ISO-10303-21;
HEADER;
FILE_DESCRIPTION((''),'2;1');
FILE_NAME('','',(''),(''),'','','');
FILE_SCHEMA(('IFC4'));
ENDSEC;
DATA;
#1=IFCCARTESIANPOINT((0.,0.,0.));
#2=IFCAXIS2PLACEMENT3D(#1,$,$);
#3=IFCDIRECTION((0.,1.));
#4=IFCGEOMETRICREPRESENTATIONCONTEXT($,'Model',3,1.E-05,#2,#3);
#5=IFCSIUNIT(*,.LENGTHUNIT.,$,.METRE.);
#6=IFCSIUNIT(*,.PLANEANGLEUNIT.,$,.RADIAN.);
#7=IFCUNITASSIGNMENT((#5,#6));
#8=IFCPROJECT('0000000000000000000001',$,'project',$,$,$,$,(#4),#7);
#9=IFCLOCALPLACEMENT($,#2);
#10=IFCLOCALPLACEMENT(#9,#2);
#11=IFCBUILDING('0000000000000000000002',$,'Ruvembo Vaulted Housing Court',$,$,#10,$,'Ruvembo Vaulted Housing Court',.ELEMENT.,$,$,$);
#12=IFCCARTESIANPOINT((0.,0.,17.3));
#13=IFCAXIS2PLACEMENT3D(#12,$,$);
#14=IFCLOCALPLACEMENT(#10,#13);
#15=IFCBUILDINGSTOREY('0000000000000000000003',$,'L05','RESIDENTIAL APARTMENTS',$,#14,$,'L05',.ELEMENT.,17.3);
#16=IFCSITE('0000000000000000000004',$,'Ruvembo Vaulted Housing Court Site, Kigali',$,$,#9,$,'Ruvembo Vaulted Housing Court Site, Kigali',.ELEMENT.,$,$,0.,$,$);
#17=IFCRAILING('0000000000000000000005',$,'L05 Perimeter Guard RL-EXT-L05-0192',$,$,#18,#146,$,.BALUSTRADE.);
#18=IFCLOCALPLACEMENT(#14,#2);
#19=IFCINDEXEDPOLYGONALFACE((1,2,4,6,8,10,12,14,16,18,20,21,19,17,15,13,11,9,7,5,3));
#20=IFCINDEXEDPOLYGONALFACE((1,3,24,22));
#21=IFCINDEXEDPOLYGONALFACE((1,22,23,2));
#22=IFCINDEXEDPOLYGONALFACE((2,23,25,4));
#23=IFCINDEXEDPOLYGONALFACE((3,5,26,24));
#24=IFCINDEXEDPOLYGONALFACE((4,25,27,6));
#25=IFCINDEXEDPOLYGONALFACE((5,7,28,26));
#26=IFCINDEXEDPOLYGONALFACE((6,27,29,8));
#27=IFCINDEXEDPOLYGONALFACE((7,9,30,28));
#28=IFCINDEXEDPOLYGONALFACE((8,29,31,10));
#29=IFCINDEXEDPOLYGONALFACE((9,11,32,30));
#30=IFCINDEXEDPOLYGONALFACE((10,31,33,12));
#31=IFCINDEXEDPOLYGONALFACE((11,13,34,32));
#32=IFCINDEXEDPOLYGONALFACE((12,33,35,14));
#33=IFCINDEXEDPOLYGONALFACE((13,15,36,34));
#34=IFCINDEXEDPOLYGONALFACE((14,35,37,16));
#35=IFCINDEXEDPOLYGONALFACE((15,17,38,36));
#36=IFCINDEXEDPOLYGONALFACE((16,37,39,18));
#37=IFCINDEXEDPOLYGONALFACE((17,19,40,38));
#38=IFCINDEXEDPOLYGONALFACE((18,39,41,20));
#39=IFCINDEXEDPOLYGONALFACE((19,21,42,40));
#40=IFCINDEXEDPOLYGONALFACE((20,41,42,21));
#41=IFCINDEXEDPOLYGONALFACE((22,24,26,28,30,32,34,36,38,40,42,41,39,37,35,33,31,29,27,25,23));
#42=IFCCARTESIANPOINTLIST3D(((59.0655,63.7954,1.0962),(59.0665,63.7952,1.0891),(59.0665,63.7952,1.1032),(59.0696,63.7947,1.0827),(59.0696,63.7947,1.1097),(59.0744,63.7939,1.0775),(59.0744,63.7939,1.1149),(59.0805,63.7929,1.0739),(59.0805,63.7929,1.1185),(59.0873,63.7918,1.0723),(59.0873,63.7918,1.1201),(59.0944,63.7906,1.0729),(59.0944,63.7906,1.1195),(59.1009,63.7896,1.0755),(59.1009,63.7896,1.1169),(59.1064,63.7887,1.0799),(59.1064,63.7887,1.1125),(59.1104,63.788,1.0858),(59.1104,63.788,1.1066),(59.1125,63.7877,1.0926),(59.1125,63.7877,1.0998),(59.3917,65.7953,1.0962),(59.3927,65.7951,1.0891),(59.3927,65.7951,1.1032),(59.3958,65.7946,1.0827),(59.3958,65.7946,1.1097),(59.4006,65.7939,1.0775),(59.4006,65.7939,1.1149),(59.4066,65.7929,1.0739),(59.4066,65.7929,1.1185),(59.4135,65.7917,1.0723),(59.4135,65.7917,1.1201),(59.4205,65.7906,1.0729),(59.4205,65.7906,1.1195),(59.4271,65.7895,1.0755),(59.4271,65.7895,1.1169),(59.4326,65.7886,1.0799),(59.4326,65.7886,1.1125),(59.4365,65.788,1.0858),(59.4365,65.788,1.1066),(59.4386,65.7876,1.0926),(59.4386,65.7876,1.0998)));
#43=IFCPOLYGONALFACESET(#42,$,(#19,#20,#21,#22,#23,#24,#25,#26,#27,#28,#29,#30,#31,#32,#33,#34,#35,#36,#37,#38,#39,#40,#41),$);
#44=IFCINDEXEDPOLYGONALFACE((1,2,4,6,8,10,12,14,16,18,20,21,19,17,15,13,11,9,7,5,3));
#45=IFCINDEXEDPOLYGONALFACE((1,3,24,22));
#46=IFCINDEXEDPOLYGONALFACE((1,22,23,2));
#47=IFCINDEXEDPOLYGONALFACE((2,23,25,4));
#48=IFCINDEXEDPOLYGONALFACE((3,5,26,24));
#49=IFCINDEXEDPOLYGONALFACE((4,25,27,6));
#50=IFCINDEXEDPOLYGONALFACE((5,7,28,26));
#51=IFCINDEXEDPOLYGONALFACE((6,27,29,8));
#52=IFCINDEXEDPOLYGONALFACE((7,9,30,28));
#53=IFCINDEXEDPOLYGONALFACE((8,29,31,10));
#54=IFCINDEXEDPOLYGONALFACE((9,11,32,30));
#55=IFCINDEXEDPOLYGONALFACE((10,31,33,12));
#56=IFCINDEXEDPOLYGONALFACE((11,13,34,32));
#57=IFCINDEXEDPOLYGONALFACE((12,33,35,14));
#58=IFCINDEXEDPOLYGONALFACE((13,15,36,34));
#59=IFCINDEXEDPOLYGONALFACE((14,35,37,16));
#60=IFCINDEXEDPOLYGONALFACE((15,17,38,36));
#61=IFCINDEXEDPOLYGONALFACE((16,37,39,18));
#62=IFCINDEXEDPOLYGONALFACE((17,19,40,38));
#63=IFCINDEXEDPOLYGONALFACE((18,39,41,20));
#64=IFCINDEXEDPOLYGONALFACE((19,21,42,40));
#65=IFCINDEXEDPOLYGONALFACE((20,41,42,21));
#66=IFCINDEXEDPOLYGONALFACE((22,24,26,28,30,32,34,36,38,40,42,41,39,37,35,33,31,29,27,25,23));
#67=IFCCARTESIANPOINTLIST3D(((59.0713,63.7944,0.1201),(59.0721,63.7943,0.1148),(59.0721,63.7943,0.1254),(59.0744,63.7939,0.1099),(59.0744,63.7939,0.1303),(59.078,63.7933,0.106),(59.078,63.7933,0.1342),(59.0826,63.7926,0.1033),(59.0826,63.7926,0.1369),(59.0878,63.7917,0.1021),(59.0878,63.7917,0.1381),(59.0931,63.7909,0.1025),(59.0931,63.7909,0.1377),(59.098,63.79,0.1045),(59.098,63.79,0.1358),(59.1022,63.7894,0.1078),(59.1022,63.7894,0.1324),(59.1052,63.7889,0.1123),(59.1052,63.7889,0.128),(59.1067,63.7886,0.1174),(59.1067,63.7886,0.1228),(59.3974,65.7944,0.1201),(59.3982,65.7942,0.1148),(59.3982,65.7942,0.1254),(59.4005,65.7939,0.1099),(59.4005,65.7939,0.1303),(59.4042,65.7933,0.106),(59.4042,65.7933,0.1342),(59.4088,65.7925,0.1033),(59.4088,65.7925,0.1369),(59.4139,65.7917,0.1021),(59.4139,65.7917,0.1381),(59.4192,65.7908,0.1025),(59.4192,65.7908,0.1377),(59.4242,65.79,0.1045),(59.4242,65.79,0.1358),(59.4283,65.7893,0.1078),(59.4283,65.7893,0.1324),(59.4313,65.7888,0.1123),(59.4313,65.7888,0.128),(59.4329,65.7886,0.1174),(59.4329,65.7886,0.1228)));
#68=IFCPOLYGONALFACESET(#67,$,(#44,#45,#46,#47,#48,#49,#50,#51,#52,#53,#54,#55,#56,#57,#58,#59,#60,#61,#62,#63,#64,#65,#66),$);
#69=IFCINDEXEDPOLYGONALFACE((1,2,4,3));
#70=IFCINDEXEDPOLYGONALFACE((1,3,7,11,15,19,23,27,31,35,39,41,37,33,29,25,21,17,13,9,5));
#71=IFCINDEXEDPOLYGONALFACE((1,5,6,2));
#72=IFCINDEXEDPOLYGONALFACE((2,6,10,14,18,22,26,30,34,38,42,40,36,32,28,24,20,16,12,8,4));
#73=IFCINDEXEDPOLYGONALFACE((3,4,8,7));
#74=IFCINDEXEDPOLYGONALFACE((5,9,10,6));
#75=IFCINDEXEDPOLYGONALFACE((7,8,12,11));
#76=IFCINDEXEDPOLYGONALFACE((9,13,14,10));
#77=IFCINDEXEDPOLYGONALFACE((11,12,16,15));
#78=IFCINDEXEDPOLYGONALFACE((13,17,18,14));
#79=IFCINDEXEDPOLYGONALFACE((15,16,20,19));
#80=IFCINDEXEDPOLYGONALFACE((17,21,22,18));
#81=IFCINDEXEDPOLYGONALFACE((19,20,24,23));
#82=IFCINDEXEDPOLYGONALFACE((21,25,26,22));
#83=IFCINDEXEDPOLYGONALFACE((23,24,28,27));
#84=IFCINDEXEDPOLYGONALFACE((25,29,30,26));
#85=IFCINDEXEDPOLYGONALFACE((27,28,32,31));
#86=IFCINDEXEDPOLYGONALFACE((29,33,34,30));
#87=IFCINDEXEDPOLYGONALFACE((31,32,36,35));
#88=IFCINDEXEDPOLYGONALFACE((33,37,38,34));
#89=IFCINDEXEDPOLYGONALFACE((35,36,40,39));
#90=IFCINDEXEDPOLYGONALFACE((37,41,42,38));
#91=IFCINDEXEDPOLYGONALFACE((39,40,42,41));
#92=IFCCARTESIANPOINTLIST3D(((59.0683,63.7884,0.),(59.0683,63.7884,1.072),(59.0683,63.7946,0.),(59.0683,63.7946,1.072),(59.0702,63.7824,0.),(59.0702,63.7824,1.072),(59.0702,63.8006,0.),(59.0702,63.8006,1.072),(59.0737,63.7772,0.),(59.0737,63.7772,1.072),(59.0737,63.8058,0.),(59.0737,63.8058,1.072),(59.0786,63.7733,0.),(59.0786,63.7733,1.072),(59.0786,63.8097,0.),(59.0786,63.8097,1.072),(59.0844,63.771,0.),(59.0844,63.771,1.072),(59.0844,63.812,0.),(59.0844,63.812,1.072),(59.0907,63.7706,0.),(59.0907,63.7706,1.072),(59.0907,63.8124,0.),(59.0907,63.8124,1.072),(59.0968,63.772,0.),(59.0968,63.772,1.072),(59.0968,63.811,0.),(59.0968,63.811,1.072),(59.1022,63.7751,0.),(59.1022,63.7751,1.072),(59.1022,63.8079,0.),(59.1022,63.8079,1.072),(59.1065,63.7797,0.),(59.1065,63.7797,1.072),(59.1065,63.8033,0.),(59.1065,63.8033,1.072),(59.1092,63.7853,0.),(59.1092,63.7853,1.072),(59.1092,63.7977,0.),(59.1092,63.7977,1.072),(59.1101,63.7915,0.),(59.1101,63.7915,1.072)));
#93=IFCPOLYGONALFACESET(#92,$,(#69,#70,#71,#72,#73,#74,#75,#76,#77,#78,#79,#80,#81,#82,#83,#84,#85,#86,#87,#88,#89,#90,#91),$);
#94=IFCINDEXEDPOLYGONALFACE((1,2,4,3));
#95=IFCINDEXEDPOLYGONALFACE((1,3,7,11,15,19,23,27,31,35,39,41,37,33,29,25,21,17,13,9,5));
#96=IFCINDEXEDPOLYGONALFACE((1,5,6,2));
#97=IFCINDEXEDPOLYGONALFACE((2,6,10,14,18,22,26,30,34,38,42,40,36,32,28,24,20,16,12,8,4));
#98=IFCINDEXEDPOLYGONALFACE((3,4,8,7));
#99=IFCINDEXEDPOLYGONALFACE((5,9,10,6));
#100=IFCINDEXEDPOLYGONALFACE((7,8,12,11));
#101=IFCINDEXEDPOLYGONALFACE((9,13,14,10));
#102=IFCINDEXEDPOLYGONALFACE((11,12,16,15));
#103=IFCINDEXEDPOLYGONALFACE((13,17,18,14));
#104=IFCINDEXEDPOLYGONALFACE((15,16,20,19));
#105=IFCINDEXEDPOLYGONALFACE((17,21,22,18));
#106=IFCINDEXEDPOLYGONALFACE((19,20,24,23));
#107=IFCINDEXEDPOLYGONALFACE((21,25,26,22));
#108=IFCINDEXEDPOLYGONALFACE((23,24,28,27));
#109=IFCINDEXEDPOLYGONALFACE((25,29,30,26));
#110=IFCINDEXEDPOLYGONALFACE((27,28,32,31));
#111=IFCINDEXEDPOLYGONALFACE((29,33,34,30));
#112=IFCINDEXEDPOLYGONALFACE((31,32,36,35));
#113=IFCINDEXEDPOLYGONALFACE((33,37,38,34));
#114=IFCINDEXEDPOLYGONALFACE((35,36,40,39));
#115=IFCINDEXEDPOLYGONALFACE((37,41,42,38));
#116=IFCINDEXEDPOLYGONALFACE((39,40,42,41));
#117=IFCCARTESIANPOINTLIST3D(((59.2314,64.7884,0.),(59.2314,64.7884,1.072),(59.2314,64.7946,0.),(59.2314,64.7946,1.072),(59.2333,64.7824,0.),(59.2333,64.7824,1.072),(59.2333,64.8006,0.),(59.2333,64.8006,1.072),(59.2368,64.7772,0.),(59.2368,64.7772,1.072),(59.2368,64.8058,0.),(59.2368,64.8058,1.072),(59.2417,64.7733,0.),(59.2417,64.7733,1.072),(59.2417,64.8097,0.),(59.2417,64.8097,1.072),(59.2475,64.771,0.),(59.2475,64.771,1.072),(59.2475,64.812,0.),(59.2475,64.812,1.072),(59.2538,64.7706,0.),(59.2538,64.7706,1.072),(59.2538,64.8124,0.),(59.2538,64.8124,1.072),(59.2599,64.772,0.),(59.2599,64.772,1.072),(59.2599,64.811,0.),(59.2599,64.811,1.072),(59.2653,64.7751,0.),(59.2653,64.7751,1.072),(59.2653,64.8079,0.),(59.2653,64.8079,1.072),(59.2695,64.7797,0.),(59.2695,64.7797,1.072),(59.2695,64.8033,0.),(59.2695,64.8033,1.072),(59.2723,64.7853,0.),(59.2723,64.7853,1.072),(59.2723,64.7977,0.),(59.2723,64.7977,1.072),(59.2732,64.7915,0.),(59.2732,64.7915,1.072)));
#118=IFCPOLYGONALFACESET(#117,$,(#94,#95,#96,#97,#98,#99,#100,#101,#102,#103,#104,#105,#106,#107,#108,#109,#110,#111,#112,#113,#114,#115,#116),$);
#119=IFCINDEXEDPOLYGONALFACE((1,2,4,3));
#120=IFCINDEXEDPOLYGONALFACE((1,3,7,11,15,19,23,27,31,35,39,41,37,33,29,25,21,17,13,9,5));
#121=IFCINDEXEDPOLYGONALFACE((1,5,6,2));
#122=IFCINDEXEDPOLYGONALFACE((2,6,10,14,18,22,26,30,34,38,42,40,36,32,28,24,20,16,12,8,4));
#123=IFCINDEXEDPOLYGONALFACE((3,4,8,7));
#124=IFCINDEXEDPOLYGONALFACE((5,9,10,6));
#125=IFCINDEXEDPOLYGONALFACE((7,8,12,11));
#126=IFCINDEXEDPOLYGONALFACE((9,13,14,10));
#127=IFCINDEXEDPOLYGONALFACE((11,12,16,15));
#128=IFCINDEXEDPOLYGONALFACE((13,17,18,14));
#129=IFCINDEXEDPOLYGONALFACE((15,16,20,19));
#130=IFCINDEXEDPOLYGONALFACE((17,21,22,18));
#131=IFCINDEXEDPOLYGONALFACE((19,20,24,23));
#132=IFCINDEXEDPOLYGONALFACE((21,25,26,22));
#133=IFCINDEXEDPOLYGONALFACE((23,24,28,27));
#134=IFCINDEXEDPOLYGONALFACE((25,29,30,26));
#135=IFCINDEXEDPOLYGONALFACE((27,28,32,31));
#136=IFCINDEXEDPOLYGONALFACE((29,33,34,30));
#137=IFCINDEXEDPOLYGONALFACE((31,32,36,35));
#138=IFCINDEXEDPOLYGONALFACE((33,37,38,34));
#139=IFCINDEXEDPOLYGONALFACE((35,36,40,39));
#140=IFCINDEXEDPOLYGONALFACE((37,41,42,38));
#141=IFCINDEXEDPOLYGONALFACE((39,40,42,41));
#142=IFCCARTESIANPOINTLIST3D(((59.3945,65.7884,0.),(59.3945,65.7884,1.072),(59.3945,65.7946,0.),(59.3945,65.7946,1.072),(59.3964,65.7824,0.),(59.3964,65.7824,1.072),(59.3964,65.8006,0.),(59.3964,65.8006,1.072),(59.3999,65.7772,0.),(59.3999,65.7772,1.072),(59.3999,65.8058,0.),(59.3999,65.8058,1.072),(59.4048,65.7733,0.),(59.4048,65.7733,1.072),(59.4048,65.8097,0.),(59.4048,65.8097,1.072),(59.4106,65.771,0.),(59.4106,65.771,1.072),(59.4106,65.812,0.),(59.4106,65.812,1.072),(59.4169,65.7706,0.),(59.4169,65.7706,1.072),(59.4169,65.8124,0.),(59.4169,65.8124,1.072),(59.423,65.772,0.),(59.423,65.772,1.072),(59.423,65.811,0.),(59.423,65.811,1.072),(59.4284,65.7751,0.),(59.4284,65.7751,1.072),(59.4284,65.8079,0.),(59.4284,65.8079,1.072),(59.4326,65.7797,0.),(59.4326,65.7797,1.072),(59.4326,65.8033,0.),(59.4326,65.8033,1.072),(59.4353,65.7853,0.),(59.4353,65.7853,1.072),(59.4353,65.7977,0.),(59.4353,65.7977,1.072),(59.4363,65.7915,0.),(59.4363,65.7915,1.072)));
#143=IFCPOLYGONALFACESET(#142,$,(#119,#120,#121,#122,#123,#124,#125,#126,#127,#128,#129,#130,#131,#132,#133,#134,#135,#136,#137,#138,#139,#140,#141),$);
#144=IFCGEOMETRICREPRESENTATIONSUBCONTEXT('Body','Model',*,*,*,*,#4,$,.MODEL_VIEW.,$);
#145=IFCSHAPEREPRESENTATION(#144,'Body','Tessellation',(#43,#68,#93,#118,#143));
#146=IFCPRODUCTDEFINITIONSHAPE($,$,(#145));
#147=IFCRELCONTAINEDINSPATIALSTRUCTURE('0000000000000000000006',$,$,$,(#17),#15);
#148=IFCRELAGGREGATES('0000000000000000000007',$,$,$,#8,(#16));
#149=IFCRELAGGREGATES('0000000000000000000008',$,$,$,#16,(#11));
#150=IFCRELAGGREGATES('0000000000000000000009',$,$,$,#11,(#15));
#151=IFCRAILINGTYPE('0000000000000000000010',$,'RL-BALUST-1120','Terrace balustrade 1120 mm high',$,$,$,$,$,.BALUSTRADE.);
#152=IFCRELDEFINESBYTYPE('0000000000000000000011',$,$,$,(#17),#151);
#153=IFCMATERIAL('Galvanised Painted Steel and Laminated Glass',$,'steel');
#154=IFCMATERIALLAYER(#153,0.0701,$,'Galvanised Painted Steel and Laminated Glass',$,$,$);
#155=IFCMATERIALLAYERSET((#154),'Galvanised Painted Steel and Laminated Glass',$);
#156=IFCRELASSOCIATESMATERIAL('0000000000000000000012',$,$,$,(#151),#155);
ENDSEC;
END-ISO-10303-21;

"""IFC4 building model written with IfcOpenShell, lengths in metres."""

from ifc_helpers import new_model, si_unit, direction, frame, origin, origin_2d, place, context, subcontext, project, spatial, circle, extrude, material, layer, layer_set, type_object, element, save


model = new_model("IFC4")

# Units and contexts
model_context = context("Model", 3, precision=1e-05, world=origin(), true_north=direction((0.0, 1.0)))
body_context = subcontext(model_context, "Body", "Model", "MODEL_VIEW")
ifc_project = project(units=[si_unit("LENGTHUNIT", "METRE"), si_unit("PLANEANGLEUNIT", "RADIAN")], contexts=[model_context])

# Site, building, storey
site_placement = place(None, origin())
site = spatial("IfcSite", under=ifc_project, at=site_placement, Name="Ruvembo Vaulted Housing Court Site, Kigali", LongName="Ruvembo Vaulted Housing Court Site, Kigali", CompositionType="ELEMENT", RefElevation=0.0)
building_placement = place(site_placement, origin())
building = spatial("IfcBuilding", under=site, at=building_placement, Name="Ruvembo Vaulted Housing Court", LongName="Ruvembo Vaulted Housing Court", CompositionType="ELEMENT")
storey_placement = place(building_placement, frame((0.0, 0.0, 17.3)))
storey = spatial("IfcBuildingStorey", under=building, at=storey_placement, Name="L05", Description="RESIDENTIAL APARTMENTS", LongName="L05", CompositionType="ELEMENT", Elevation=17.3)

# Railing
ifc_material_1 = material(Name="Galvanised Painted Steel and Laminated Glass", Category="steel")
ifc_layer_1 = layer(ifc_material_1, 0.0701, Name="Galvanised Painted Steel and Laminated Glass")
ifc_layer_set_1 = layer_set([ifc_layer_1], Name="Galvanised Painted Steel and Laminated Glass")
railing_type = type_object("IfcRailingType", Name="RL-BALUST-1120", Description="Terrace balustrade 1120 mm high", PredefinedType="BALUSTRADE", material=ifc_layer_set_1)
railing_placement = place(storey_placement, frame((59.0891, 63.7915, 0.0)))
element("IfcRailing", 1, at=railing_placement, inside=storey, type_object=railing_type, Name="L05 Perimeter Guard RL-EXT-L05-0192", PredefinedType="BALUSTRADE", context=body_context, shape_type="SweptSolid", body=[
    extrude(circle(Radius=0.0239, at=origin_2d()), frame((0.0, 0.0, 1.0962), z_axis=(0.160959, 0.986961, 0.0), x_axis=(-0.986961, 0.160959, 0.0)), (0.0, 0.0, 1.0), 2.0264),
    extrude(circle(Radius=0.0181, at=origin_2d()), frame((0.0, 0.0, 0.1201), z_axis=(0.160959, 0.986961, 0.0), x_axis=(-0.986961, 0.160959, 0.0)), (0.0, 0.0, 1.0), 2.0264),
    extrude(circle(Radius=0.021, at=origin_2d()), origin(), (0.0, 0.0, 1.0), 1.072),
    extrude(circle(Radius=0.021, at=origin_2d()), frame((0.1631, 1.0, 0.0)), (0.0, 0.0, 1.0), 1.072),
    extrude(circle(Radius=0.021, at=origin_2d()), frame((0.3262, 2.0, 0.0)), (0.0, 0.0, 1.0), 1.072),
])

save(model, "model.ifc")
